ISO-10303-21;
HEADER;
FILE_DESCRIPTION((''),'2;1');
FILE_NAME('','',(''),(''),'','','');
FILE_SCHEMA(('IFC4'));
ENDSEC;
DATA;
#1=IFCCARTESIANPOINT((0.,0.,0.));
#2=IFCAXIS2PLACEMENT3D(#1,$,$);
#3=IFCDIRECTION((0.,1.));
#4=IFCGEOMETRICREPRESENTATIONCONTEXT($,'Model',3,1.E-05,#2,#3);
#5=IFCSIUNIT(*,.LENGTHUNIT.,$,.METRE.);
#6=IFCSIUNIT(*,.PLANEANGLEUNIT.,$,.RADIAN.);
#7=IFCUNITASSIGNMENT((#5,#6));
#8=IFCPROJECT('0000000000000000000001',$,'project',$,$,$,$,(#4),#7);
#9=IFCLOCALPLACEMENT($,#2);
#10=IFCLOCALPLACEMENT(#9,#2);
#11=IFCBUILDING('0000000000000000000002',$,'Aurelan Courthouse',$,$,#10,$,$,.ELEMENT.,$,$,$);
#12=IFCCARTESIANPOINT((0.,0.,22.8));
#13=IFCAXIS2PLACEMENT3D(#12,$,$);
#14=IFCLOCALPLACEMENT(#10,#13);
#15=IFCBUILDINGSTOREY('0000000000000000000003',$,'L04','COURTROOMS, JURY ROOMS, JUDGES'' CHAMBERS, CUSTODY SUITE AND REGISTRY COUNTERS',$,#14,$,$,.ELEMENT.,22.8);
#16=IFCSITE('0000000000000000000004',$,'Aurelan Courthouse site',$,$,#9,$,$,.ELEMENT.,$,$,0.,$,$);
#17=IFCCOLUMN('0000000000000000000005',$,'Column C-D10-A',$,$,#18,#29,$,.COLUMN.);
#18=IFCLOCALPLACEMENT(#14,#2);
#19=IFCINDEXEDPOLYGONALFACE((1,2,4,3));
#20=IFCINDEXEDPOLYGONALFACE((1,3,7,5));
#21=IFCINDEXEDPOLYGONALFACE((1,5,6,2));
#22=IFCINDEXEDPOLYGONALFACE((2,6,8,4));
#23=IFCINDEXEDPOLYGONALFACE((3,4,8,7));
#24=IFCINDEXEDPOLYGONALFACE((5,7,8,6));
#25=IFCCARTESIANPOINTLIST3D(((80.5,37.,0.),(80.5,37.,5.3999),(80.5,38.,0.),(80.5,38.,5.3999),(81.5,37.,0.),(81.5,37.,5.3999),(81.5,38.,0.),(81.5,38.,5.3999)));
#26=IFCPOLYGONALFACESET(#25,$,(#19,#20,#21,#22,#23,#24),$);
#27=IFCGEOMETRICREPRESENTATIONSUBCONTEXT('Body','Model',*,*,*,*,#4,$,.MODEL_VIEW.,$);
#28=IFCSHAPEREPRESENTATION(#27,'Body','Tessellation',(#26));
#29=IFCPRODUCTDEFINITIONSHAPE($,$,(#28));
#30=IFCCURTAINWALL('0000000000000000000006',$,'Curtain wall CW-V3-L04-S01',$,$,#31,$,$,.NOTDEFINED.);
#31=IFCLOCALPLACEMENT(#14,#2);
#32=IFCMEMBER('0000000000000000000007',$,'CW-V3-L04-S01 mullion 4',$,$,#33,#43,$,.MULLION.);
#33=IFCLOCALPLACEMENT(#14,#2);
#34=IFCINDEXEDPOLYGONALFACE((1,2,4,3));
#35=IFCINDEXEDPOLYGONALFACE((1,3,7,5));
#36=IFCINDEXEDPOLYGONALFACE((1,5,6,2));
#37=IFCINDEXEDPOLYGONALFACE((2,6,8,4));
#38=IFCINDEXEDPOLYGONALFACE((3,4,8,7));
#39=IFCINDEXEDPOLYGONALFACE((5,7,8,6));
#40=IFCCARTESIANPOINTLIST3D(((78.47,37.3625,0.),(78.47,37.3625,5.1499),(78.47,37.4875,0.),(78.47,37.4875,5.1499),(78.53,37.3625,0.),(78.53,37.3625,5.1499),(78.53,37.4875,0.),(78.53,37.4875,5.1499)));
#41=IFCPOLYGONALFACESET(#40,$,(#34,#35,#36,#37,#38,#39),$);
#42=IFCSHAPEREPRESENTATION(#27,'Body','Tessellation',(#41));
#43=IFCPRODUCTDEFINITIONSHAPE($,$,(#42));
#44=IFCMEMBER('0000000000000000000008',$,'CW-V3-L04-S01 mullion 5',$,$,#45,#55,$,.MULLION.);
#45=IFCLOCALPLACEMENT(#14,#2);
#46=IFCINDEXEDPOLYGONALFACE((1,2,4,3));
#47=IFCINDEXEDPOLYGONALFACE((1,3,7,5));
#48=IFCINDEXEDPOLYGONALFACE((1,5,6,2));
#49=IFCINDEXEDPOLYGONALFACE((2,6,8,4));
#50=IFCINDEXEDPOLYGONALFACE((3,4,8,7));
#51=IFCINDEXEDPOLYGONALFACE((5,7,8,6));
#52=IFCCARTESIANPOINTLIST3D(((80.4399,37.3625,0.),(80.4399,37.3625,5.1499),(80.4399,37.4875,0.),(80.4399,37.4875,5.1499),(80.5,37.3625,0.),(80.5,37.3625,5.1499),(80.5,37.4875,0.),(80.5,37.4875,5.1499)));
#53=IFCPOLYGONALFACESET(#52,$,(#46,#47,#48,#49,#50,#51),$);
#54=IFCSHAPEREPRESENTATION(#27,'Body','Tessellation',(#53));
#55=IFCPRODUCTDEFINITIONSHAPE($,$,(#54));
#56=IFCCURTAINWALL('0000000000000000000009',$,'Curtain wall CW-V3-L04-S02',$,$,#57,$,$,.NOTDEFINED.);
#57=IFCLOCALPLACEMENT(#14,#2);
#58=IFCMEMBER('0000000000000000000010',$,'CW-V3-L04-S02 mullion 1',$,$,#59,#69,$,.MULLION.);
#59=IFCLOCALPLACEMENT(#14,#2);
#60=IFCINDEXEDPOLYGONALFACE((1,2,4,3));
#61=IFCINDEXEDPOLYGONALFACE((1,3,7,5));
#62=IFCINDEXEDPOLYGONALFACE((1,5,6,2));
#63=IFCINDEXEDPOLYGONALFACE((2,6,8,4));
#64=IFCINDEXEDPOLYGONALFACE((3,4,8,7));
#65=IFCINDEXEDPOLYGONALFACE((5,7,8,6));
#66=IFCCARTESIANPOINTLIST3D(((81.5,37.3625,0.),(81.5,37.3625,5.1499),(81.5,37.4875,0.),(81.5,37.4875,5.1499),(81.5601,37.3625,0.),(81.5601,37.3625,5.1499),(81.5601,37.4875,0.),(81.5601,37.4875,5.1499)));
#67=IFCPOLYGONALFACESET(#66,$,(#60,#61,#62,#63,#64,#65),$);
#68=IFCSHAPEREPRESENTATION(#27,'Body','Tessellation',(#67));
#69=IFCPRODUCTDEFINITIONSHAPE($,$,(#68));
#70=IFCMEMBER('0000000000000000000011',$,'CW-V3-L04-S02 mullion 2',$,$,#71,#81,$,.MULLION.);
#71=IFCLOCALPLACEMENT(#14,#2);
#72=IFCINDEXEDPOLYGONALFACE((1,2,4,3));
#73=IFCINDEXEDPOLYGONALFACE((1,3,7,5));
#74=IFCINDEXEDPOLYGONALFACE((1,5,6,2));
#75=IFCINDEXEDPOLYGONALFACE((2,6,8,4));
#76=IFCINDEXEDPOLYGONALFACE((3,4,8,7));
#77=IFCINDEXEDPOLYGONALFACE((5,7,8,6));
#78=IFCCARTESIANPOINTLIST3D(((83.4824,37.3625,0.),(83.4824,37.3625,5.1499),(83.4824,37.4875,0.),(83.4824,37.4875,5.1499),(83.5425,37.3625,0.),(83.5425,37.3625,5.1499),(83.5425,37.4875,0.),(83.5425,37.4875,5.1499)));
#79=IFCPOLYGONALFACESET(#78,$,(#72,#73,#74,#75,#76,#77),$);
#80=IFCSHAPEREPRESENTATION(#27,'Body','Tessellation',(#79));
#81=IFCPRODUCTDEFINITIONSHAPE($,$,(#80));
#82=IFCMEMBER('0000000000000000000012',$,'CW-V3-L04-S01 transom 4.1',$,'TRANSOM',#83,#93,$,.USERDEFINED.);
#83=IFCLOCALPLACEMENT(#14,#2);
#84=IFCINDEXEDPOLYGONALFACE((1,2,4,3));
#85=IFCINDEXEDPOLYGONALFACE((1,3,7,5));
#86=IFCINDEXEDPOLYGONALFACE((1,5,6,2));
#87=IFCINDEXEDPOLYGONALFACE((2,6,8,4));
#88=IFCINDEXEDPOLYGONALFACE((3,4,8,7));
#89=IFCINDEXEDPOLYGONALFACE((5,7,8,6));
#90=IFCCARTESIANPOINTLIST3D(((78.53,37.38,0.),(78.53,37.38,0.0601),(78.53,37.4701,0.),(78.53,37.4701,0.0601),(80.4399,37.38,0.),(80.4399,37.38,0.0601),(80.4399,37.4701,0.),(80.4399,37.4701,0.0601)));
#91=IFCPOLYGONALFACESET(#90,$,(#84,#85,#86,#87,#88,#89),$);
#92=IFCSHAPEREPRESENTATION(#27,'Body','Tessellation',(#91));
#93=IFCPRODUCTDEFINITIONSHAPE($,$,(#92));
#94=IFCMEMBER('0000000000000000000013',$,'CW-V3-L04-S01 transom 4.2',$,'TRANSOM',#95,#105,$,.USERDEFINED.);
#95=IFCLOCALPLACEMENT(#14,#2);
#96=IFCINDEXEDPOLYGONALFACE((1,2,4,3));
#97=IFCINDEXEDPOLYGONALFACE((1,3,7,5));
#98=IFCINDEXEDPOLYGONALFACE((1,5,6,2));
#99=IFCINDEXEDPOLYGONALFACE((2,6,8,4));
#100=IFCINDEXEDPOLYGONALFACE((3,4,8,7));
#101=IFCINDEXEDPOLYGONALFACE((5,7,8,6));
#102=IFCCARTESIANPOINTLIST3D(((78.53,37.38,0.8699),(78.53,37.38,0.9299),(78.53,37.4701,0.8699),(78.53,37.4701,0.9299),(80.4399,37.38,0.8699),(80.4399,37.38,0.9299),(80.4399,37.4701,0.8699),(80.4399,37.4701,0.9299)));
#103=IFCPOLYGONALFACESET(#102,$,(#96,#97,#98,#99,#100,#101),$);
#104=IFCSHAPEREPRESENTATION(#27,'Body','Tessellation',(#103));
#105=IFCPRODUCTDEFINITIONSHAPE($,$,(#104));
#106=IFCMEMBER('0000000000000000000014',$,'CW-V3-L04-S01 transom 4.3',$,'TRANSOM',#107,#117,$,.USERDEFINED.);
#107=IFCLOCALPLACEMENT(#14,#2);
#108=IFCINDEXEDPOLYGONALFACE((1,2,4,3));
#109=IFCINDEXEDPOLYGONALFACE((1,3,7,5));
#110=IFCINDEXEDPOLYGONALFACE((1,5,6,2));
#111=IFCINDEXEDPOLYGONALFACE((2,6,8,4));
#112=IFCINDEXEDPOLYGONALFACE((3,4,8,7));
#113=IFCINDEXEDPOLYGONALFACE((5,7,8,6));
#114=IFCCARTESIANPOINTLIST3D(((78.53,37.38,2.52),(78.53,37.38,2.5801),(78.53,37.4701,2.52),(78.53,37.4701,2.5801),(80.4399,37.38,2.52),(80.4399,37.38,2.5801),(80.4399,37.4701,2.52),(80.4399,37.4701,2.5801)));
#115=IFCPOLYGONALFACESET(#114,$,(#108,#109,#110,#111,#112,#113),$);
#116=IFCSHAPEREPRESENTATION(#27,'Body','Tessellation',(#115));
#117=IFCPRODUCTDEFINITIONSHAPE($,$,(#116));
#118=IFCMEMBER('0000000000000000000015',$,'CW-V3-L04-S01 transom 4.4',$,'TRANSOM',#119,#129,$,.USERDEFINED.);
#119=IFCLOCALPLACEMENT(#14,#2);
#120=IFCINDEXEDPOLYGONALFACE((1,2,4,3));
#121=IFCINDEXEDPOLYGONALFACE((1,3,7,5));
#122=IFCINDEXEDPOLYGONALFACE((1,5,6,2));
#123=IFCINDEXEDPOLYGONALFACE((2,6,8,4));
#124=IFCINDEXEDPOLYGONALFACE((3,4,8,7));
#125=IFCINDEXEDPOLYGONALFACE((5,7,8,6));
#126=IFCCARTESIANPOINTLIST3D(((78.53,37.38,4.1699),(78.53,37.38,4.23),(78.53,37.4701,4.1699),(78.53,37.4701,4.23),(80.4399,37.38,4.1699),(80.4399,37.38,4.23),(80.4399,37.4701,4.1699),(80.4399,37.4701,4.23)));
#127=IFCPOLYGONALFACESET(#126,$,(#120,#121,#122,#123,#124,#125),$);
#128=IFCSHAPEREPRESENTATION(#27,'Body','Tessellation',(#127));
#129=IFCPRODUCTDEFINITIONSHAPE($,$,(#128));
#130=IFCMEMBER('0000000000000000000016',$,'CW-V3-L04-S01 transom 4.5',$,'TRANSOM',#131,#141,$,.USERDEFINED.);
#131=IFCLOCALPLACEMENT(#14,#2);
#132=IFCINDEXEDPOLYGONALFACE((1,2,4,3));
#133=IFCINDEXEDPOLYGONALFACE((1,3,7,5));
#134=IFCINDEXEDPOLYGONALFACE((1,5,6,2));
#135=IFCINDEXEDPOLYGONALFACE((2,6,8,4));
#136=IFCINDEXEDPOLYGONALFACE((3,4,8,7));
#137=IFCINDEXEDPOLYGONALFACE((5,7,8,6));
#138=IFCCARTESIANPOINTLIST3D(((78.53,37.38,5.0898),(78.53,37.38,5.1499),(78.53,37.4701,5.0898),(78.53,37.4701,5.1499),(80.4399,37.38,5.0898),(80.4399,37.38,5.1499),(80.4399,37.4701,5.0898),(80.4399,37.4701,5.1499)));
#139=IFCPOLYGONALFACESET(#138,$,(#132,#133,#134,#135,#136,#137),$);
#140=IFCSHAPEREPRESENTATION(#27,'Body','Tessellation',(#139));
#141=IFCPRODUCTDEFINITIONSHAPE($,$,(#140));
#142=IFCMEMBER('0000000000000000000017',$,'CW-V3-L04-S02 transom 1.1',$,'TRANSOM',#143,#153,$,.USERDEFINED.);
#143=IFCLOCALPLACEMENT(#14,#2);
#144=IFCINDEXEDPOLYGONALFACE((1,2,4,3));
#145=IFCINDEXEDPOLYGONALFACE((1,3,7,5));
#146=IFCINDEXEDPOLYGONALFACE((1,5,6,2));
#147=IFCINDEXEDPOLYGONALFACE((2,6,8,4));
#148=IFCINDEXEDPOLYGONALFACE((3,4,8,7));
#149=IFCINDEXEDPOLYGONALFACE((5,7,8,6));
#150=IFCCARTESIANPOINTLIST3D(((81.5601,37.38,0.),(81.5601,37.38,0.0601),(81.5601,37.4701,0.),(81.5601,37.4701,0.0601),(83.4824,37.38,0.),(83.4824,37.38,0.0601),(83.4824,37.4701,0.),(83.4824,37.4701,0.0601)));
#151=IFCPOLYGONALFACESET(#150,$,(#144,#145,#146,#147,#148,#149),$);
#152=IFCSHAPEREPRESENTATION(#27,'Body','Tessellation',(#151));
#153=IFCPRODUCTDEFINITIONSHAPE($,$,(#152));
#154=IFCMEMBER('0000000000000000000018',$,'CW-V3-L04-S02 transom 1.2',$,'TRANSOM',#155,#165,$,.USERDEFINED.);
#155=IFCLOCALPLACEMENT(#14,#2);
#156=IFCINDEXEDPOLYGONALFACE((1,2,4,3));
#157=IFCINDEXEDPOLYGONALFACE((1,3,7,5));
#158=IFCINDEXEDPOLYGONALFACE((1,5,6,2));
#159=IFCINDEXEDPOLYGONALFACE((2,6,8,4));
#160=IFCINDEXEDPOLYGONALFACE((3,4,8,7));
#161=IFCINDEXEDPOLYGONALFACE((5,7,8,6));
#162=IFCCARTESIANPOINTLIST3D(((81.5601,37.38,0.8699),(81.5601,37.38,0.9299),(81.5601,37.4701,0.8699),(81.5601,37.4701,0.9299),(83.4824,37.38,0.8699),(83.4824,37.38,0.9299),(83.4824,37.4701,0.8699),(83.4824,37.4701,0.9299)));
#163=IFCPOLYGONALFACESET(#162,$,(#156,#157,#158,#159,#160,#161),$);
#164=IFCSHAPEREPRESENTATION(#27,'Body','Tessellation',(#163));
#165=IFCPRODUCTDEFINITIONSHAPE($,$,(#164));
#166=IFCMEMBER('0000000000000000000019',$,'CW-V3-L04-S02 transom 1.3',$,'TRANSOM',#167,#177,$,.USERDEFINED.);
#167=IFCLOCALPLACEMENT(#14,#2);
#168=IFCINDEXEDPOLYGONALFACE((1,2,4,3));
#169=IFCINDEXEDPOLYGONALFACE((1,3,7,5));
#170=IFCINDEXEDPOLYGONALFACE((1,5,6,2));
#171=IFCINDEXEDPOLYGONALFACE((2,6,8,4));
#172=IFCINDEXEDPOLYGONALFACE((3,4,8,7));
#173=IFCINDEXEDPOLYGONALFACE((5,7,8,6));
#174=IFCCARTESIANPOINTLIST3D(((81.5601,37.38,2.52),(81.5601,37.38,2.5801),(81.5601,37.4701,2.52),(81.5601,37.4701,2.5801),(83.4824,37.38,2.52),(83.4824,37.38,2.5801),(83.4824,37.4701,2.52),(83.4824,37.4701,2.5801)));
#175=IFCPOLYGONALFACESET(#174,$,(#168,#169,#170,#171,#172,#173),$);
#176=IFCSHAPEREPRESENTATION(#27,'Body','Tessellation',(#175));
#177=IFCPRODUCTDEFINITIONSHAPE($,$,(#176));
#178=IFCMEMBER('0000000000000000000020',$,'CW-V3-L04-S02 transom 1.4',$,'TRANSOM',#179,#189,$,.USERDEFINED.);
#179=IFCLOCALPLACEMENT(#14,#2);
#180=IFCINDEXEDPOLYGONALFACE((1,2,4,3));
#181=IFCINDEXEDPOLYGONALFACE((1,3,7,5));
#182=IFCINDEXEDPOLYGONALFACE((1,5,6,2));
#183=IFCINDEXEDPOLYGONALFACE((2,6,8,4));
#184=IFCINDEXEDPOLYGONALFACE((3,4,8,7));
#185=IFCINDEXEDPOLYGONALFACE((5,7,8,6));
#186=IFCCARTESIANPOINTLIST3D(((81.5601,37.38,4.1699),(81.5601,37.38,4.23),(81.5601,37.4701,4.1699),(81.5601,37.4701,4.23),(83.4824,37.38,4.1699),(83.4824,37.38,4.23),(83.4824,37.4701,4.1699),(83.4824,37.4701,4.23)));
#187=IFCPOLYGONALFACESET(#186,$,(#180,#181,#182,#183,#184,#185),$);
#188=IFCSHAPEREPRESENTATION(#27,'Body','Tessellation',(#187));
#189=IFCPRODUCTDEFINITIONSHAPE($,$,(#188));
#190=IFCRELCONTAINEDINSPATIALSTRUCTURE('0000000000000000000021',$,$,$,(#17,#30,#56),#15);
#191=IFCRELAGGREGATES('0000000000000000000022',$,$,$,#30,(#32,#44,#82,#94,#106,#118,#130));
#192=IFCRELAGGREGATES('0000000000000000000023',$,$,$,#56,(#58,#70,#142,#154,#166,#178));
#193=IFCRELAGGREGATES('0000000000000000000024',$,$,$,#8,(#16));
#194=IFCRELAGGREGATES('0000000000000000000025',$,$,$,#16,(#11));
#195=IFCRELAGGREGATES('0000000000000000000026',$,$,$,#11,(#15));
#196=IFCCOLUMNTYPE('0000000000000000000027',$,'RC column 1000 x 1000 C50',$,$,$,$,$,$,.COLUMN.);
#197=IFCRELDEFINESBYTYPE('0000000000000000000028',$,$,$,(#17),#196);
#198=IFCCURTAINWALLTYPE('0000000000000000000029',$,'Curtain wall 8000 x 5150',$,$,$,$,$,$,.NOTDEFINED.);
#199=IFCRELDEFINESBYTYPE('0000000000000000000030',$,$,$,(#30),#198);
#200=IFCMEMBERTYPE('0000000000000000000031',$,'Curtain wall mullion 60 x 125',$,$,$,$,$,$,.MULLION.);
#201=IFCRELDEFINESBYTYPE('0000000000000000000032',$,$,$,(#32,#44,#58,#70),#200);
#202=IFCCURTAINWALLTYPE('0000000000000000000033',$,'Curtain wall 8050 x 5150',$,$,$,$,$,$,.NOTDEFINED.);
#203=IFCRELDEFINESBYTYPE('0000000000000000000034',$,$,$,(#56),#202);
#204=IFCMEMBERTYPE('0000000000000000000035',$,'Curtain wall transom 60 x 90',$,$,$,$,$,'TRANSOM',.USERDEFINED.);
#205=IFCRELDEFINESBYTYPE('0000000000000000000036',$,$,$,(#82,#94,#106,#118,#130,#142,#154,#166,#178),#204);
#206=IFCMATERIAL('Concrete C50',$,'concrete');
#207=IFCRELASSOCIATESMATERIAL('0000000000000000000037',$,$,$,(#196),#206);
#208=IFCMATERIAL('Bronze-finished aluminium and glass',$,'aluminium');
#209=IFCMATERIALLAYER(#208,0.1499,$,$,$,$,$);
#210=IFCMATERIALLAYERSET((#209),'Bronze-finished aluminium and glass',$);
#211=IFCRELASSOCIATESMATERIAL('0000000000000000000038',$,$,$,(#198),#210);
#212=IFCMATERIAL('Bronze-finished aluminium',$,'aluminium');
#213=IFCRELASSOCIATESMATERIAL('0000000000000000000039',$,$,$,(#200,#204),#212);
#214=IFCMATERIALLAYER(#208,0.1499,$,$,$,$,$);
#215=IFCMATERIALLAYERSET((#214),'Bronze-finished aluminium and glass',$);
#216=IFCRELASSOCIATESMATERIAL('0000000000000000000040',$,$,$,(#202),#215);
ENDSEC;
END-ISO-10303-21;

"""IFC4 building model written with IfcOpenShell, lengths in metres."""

from ifc_helpers import new_model, si_unit, direction, frame, origin, origin_2d, place, context, subcontext, project, spatial, rectangle, extrude, material, layer, layer_set, material_profile, profile_set, type_object, element, aggregate, save


model = new_model("IFC4")

# Units and contexts
model_context = context("Model", 3, precision=1e-05, world=origin(), true_north=direction((0.0, 1.0)))
body_context = subcontext(model_context, "Body", "Model", "MODEL_VIEW")
ifc_project = project(units=[si_unit("LENGTHUNIT", "METRE"), si_unit("PLANEANGLEUNIT", "RADIAN")], contexts=[model_context])

# Site, building, storey
site_placement = place(None, origin())
site = spatial("IfcSite", under=ifc_project, at=site_placement, Name="Aurelan Courthouse site", CompositionType="ELEMENT", RefElevation=0.0)
building_placement = place(site_placement, origin())
building = spatial("IfcBuilding", under=site, at=building_placement, Name="Aurelan Courthouse", CompositionType="ELEMENT")
storey_placement = place(building_placement, frame((0.0, 0.0, 22.8)))
storey = spatial("IfcBuildingStorey", under=building, at=storey_placement, Name="L04", Description="COURTROOMS, JURY ROOMS, JUDGES' CHAMBERS, CUSTODY SUITE AND REGISTRY COUNTERS", CompositionType="ELEMENT", Elevation=22.8)

# Column
ifc_material_1 = material(Name="Concrete C50", Category="concrete")
ifc_material_profile_1 = material_profile(ifc_material_1, rectangle(XDim=1.0, YDim=1.0, at=origin_2d()), Name="RC 1000 x 1000")
ifc_profile_set_1 = profile_set([ifc_material_profile_1], Name="Concrete C50")
column_type = type_object("IfcColumnType", Name="RC column 1000 x 1000 C50", PredefinedType="COLUMN", material=ifc_profile_set_1)
column_placement = place(storey_placement, frame((81.0, 37.5, 0.0), z_axis=(0.0, 0.0, 1.0), x_axis=(1.0, 0.0, 0.0)))
element("IfcColumn", 1, at=column_placement, inside=storey, type_object=column_type, Name="Column C-D10-A", PredefinedType="COLUMN", context=body_context, shape_type="SweptSolid", body=[
    extrude(rectangle(XDim=1.0, YDim=1.0, at=origin_2d()), origin(), (0.0, 0.0, 1.0), 5.3999),
])

# Curtain walls, members
ifc_material_2 = material(Name="Bronze-finished aluminium and glass", Category="aluminium")
ifc_layer_1 = layer(ifc_material_2, 0.1499)
ifc_layer_set_1 = layer_set([ifc_layer_1], Name="Bronze-finished aluminium and glass")
curtain_wall_type_1 = type_object("IfcCurtainWallType", Name="Curtain wall 8000 x 5150", PredefinedType="NOTDEFINED", material=ifc_layer_set_1)
curtain_wall_1_placement = place(storey_placement, origin())
curtain_wall_1 = element("IfcCurtainWall", 2, at=curtain_wall_1_placement, inside=storey, type_object=curtain_wall_type_1, Name="Curtain wall CW-V3-L04-S01", PredefinedType="NOTDEFINED")
ifc_material_3 = material(Name="Bronze-finished aluminium", Category="aluminium")
ifc_material_profile_2 = material_profile(ifc_material_3, rectangle(XDim=0.125, YDim=0.0601, at=origin_2d()), Name="Bronze mullion 60 x 125")
ifc_profile_set_2 = profile_set([ifc_material_profile_2], Name="Bronze-finished aluminium")
member_type_1 = type_object("IfcMemberType", Name="Curtain wall mullion 60 x 125", PredefinedType="MULLION", material=ifc_profile_set_2)
member_1_placement = place(storey_placement, frame((78.5, 37.425, 0.0), z_axis=(0.0, 0.0, 1.0), x_axis=(0.0, 1.0, 0.0)))
member_1 = element("IfcMember", 3, at=member_1_placement, type_object=member_type_1, Name="CW-V3-L04-S01 mullion 4", PredefinedType="MULLION", context=body_context, shape_type="SweptSolid", body=[
    extrude(rectangle(XDim=0.125, YDim=0.0601, at=origin_2d()), origin(), (0.0, 0.0, 1.0), 5.1499),
])
member_2_placement = place(storey_placement, frame((80.47, 37.425, 0.0), z_axis=(0.0, 0.0, 1.0), x_axis=(0.0, 1.0, 0.0)))
member_2 = element("IfcMember", 4, at=member_2_placement, type_object=member_type_1, Name="CW-V3-L04-S01 mullion 5", PredefinedType="MULLION", context=body_context, shape_type="SweptSolid", body=[
    extrude(rectangle(XDim=0.125, YDim=0.0601, at=origin_2d()), origin(), (0.0, 0.0, 1.0), 5.1499),
])
ifc_layer_2 = layer(ifc_material_2, 0.1499)
ifc_layer_set_2 = layer_set([ifc_layer_2], Name="Bronze-finished aluminium and glass")
curtain_wall_type_2 = type_object("IfcCurtainWallType", Name="Curtain wall 8050 x 5150", PredefinedType="NOTDEFINED", material=ifc_layer_set_2)
curtain_wall_2_placement = place(storey_placement, origin())
curtain_wall_2 = element("IfcCurtainWall", 5, at=curtain_wall_2_placement, inside=storey, type_object=curtain_wall_type_2, Name="Curtain wall CW-V3-L04-S02", PredefinedType="NOTDEFINED")
member_3_placement = place(storey_placement, frame((81.53, 37.425, 0.0), z_axis=(0.0, 0.0, 1.0), x_axis=(0.0, 1.0, 0.0)))
member_3 = element("IfcMember", 6, at=member_3_placement, type_object=member_type_1, Name="CW-V3-L04-S02 mullion 1", PredefinedType="MULLION", context=body_context, shape_type="SweptSolid", body=[
    extrude(rectangle(XDim=0.125, YDim=0.0601, at=origin_2d()), origin(), (0.0, 0.0, 1.0), 5.1499),
])
member_4_placement = place(storey_placement, frame((83.5125, 37.425, 0.0), z_axis=(0.0, 0.0, 1.0), x_axis=(0.0, 1.0, 0.0)))
member_4 = element("IfcMember", 7, at=member_4_placement, type_object=member_type_1, Name="CW-V3-L04-S02 mullion 2", PredefinedType="MULLION", context=body_context, shape_type="SweptSolid", body=[
    extrude(rectangle(XDim=0.125, YDim=0.0601, at=origin_2d()), origin(), (0.0, 0.0, 1.0), 5.1499),
])

# Members
ifc_material_profile_3 = material_profile(ifc_material_3, rectangle(XDim=0.0901, YDim=0.0601, at=origin_2d()), Name="Bronze transom 60 x 90")
ifc_profile_set_3 = profile_set([ifc_material_profile_3], Name="Bronze-finished aluminium")
member_type_2 = type_object("IfcMemberType", Name="Curtain wall transom 60 x 90", ElementType="TRANSOM", PredefinedType="USERDEFINED", material=ifc_profile_set_3)
member_5_placement = place(storey_placement, frame((78.53, 37.425, 0.03), z_axis=(1.0, 0.0, 0.0), x_axis=(0.0, 1.0, 0.0)))
member_5 = element("IfcMember", 8, at=member_5_placement, type_object=member_type_2, Name="CW-V3-L04-S01 transom 4.1", ObjectType="TRANSOM", PredefinedType="USERDEFINED", context=body_context, shape_type="SweptSolid", body=[
    extrude(rectangle(XDim=0.0901, YDim=0.0601, at=origin_2d()), origin(), (0.0, 0.0, 1.0), 1.9099),
])
member_6_placement = place(storey_placement, frame((78.53, 37.425, 0.8999), z_axis=(1.0, 0.0, 0.0), x_axis=(0.0, 1.0, 0.0)))
member_6 = element("IfcMember", 9, at=member_6_placement, type_object=member_type_2, Name="CW-V3-L04-S01 transom 4.2", ObjectType="TRANSOM", PredefinedType="USERDEFINED", context=body_context, shape_type="SweptSolid", body=[
    extrude(rectangle(XDim=0.0901, YDim=0.0601, at=origin_2d()), origin(), (0.0, 0.0, 1.0), 1.9099),
])
member_7_placement = place(storey_placement, frame((78.53, 37.425, 2.55), z_axis=(1.0, 0.0, 0.0), x_axis=(0.0, 1.0, 0.0)))
member_7 = element("IfcMember", 10, at=member_7_placement, type_object=member_type_2, Name="CW-V3-L04-S01 transom 4.3", ObjectType="TRANSOM", PredefinedType="USERDEFINED", context=body_context, shape_type="SweptSolid", body=[
    extrude(rectangle(XDim=0.0901, YDim=0.0601, at=origin_2d()), origin(), (0.0, 0.0, 1.0), 1.9099),
])
member_8_placement = place(storey_placement, frame((78.53, 37.425, 4.2), z_axis=(1.0, 0.0, 0.0), x_axis=(0.0, 1.0, 0.0)))
member_8 = element("IfcMember", 11, at=member_8_placement, type_object=member_type_2, Name="CW-V3-L04-S01 transom 4.4", ObjectType="TRANSOM", PredefinedType="USERDEFINED", context=body_context, shape_type="SweptSolid", body=[
    extrude(rectangle(XDim=0.0901, YDim=0.0601, at=origin_2d()), origin(), (0.0, 0.0, 1.0), 1.9099),
])
member_9_placement = place(storey_placement, frame((78.53, 37.425, 5.1199), z_axis=(1.0, 0.0, 0.0), x_axis=(0.0, 1.0, 0.0)))
member_9 = element("IfcMember", 12, at=member_9_placement, type_object=member_type_2, Name="CW-V3-L04-S01 transom 4.5", ObjectType="TRANSOM", PredefinedType="USERDEFINED", context=body_context, shape_type="SweptSolid", body=[
    extrude(rectangle(XDim=0.0901, YDim=0.0601, at=origin_2d()), origin(), (0.0, 0.0, 1.0), 1.9099),
])
member_10_placement = place(storey_placement, frame((81.5601, 37.425, 0.03), z_axis=(1.0, 0.0, 0.0), x_axis=(0.0, 1.0, 0.0)))
member_10 = element("IfcMember", 13, at=member_10_placement, type_object=member_type_2, Name="CW-V3-L04-S02 transom 1.1", ObjectType="TRANSOM", PredefinedType="USERDEFINED", context=body_context, shape_type="SweptSolid", body=[
    extrude(rectangle(XDim=0.0901, YDim=0.0601, at=origin_2d()), origin(), (0.0, 0.0, 1.0), 1.9224),
])
member_11_placement = place(storey_placement, frame((81.5601, 37.425, 0.8999), z_axis=(1.0, 0.0, 0.0), x_axis=(0.0, 1.0, 0.0)))
member_11 = element("IfcMember", 14, at=member_11_placement, type_object=member_type_2, Name="CW-V3-L04-S02 transom 1.2", ObjectType="TRANSOM", PredefinedType="USERDEFINED", context=body_context, shape_type="SweptSolid", body=[
    extrude(rectangle(XDim=0.0901, YDim=0.0601, at=origin_2d()), origin(), (0.0, 0.0, 1.0), 1.9224),
])
member_12_placement = place(storey_placement, frame((81.5601, 37.425, 2.55), z_axis=(1.0, 0.0, 0.0), x_axis=(0.0, 1.0, 0.0)))
member_12 = element("IfcMember", 15, at=member_12_placement, type_object=member_type_2, Name="CW-V3-L04-S02 transom 1.3", ObjectType="TRANSOM", PredefinedType="USERDEFINED", context=body_context, shape_type="SweptSolid", body=[
    extrude(rectangle(XDim=0.0901, YDim=0.0601, at=origin_2d()), origin(), (0.0, 0.0, 1.0), 1.9224),
])
member_13_placement = place(storey_placement, frame((81.5601, 37.425, 4.2), z_axis=(1.0, 0.0, 0.0), x_axis=(0.0, 1.0, 0.0)))
member_13 = element("IfcMember", 16, at=member_13_placement, type_object=member_type_2, Name="CW-V3-L04-S02 transom 1.4", ObjectType="TRANSOM", PredefinedType="USERDEFINED", context=body_context, shape_type="SweptSolid", body=[
    extrude(rectangle(XDim=0.0901, YDim=0.0601, at=origin_2d()), origin(), (0.0, 0.0, 1.0), 1.9224),
])

aggregate(curtain_wall_1, [member_1, member_2, member_5, member_6, member_7, member_8, member_9])
aggregate(curtain_wall_2, [member_3, member_4, member_10, member_11, member_12, member_13])

save(model, "model.ifc")
